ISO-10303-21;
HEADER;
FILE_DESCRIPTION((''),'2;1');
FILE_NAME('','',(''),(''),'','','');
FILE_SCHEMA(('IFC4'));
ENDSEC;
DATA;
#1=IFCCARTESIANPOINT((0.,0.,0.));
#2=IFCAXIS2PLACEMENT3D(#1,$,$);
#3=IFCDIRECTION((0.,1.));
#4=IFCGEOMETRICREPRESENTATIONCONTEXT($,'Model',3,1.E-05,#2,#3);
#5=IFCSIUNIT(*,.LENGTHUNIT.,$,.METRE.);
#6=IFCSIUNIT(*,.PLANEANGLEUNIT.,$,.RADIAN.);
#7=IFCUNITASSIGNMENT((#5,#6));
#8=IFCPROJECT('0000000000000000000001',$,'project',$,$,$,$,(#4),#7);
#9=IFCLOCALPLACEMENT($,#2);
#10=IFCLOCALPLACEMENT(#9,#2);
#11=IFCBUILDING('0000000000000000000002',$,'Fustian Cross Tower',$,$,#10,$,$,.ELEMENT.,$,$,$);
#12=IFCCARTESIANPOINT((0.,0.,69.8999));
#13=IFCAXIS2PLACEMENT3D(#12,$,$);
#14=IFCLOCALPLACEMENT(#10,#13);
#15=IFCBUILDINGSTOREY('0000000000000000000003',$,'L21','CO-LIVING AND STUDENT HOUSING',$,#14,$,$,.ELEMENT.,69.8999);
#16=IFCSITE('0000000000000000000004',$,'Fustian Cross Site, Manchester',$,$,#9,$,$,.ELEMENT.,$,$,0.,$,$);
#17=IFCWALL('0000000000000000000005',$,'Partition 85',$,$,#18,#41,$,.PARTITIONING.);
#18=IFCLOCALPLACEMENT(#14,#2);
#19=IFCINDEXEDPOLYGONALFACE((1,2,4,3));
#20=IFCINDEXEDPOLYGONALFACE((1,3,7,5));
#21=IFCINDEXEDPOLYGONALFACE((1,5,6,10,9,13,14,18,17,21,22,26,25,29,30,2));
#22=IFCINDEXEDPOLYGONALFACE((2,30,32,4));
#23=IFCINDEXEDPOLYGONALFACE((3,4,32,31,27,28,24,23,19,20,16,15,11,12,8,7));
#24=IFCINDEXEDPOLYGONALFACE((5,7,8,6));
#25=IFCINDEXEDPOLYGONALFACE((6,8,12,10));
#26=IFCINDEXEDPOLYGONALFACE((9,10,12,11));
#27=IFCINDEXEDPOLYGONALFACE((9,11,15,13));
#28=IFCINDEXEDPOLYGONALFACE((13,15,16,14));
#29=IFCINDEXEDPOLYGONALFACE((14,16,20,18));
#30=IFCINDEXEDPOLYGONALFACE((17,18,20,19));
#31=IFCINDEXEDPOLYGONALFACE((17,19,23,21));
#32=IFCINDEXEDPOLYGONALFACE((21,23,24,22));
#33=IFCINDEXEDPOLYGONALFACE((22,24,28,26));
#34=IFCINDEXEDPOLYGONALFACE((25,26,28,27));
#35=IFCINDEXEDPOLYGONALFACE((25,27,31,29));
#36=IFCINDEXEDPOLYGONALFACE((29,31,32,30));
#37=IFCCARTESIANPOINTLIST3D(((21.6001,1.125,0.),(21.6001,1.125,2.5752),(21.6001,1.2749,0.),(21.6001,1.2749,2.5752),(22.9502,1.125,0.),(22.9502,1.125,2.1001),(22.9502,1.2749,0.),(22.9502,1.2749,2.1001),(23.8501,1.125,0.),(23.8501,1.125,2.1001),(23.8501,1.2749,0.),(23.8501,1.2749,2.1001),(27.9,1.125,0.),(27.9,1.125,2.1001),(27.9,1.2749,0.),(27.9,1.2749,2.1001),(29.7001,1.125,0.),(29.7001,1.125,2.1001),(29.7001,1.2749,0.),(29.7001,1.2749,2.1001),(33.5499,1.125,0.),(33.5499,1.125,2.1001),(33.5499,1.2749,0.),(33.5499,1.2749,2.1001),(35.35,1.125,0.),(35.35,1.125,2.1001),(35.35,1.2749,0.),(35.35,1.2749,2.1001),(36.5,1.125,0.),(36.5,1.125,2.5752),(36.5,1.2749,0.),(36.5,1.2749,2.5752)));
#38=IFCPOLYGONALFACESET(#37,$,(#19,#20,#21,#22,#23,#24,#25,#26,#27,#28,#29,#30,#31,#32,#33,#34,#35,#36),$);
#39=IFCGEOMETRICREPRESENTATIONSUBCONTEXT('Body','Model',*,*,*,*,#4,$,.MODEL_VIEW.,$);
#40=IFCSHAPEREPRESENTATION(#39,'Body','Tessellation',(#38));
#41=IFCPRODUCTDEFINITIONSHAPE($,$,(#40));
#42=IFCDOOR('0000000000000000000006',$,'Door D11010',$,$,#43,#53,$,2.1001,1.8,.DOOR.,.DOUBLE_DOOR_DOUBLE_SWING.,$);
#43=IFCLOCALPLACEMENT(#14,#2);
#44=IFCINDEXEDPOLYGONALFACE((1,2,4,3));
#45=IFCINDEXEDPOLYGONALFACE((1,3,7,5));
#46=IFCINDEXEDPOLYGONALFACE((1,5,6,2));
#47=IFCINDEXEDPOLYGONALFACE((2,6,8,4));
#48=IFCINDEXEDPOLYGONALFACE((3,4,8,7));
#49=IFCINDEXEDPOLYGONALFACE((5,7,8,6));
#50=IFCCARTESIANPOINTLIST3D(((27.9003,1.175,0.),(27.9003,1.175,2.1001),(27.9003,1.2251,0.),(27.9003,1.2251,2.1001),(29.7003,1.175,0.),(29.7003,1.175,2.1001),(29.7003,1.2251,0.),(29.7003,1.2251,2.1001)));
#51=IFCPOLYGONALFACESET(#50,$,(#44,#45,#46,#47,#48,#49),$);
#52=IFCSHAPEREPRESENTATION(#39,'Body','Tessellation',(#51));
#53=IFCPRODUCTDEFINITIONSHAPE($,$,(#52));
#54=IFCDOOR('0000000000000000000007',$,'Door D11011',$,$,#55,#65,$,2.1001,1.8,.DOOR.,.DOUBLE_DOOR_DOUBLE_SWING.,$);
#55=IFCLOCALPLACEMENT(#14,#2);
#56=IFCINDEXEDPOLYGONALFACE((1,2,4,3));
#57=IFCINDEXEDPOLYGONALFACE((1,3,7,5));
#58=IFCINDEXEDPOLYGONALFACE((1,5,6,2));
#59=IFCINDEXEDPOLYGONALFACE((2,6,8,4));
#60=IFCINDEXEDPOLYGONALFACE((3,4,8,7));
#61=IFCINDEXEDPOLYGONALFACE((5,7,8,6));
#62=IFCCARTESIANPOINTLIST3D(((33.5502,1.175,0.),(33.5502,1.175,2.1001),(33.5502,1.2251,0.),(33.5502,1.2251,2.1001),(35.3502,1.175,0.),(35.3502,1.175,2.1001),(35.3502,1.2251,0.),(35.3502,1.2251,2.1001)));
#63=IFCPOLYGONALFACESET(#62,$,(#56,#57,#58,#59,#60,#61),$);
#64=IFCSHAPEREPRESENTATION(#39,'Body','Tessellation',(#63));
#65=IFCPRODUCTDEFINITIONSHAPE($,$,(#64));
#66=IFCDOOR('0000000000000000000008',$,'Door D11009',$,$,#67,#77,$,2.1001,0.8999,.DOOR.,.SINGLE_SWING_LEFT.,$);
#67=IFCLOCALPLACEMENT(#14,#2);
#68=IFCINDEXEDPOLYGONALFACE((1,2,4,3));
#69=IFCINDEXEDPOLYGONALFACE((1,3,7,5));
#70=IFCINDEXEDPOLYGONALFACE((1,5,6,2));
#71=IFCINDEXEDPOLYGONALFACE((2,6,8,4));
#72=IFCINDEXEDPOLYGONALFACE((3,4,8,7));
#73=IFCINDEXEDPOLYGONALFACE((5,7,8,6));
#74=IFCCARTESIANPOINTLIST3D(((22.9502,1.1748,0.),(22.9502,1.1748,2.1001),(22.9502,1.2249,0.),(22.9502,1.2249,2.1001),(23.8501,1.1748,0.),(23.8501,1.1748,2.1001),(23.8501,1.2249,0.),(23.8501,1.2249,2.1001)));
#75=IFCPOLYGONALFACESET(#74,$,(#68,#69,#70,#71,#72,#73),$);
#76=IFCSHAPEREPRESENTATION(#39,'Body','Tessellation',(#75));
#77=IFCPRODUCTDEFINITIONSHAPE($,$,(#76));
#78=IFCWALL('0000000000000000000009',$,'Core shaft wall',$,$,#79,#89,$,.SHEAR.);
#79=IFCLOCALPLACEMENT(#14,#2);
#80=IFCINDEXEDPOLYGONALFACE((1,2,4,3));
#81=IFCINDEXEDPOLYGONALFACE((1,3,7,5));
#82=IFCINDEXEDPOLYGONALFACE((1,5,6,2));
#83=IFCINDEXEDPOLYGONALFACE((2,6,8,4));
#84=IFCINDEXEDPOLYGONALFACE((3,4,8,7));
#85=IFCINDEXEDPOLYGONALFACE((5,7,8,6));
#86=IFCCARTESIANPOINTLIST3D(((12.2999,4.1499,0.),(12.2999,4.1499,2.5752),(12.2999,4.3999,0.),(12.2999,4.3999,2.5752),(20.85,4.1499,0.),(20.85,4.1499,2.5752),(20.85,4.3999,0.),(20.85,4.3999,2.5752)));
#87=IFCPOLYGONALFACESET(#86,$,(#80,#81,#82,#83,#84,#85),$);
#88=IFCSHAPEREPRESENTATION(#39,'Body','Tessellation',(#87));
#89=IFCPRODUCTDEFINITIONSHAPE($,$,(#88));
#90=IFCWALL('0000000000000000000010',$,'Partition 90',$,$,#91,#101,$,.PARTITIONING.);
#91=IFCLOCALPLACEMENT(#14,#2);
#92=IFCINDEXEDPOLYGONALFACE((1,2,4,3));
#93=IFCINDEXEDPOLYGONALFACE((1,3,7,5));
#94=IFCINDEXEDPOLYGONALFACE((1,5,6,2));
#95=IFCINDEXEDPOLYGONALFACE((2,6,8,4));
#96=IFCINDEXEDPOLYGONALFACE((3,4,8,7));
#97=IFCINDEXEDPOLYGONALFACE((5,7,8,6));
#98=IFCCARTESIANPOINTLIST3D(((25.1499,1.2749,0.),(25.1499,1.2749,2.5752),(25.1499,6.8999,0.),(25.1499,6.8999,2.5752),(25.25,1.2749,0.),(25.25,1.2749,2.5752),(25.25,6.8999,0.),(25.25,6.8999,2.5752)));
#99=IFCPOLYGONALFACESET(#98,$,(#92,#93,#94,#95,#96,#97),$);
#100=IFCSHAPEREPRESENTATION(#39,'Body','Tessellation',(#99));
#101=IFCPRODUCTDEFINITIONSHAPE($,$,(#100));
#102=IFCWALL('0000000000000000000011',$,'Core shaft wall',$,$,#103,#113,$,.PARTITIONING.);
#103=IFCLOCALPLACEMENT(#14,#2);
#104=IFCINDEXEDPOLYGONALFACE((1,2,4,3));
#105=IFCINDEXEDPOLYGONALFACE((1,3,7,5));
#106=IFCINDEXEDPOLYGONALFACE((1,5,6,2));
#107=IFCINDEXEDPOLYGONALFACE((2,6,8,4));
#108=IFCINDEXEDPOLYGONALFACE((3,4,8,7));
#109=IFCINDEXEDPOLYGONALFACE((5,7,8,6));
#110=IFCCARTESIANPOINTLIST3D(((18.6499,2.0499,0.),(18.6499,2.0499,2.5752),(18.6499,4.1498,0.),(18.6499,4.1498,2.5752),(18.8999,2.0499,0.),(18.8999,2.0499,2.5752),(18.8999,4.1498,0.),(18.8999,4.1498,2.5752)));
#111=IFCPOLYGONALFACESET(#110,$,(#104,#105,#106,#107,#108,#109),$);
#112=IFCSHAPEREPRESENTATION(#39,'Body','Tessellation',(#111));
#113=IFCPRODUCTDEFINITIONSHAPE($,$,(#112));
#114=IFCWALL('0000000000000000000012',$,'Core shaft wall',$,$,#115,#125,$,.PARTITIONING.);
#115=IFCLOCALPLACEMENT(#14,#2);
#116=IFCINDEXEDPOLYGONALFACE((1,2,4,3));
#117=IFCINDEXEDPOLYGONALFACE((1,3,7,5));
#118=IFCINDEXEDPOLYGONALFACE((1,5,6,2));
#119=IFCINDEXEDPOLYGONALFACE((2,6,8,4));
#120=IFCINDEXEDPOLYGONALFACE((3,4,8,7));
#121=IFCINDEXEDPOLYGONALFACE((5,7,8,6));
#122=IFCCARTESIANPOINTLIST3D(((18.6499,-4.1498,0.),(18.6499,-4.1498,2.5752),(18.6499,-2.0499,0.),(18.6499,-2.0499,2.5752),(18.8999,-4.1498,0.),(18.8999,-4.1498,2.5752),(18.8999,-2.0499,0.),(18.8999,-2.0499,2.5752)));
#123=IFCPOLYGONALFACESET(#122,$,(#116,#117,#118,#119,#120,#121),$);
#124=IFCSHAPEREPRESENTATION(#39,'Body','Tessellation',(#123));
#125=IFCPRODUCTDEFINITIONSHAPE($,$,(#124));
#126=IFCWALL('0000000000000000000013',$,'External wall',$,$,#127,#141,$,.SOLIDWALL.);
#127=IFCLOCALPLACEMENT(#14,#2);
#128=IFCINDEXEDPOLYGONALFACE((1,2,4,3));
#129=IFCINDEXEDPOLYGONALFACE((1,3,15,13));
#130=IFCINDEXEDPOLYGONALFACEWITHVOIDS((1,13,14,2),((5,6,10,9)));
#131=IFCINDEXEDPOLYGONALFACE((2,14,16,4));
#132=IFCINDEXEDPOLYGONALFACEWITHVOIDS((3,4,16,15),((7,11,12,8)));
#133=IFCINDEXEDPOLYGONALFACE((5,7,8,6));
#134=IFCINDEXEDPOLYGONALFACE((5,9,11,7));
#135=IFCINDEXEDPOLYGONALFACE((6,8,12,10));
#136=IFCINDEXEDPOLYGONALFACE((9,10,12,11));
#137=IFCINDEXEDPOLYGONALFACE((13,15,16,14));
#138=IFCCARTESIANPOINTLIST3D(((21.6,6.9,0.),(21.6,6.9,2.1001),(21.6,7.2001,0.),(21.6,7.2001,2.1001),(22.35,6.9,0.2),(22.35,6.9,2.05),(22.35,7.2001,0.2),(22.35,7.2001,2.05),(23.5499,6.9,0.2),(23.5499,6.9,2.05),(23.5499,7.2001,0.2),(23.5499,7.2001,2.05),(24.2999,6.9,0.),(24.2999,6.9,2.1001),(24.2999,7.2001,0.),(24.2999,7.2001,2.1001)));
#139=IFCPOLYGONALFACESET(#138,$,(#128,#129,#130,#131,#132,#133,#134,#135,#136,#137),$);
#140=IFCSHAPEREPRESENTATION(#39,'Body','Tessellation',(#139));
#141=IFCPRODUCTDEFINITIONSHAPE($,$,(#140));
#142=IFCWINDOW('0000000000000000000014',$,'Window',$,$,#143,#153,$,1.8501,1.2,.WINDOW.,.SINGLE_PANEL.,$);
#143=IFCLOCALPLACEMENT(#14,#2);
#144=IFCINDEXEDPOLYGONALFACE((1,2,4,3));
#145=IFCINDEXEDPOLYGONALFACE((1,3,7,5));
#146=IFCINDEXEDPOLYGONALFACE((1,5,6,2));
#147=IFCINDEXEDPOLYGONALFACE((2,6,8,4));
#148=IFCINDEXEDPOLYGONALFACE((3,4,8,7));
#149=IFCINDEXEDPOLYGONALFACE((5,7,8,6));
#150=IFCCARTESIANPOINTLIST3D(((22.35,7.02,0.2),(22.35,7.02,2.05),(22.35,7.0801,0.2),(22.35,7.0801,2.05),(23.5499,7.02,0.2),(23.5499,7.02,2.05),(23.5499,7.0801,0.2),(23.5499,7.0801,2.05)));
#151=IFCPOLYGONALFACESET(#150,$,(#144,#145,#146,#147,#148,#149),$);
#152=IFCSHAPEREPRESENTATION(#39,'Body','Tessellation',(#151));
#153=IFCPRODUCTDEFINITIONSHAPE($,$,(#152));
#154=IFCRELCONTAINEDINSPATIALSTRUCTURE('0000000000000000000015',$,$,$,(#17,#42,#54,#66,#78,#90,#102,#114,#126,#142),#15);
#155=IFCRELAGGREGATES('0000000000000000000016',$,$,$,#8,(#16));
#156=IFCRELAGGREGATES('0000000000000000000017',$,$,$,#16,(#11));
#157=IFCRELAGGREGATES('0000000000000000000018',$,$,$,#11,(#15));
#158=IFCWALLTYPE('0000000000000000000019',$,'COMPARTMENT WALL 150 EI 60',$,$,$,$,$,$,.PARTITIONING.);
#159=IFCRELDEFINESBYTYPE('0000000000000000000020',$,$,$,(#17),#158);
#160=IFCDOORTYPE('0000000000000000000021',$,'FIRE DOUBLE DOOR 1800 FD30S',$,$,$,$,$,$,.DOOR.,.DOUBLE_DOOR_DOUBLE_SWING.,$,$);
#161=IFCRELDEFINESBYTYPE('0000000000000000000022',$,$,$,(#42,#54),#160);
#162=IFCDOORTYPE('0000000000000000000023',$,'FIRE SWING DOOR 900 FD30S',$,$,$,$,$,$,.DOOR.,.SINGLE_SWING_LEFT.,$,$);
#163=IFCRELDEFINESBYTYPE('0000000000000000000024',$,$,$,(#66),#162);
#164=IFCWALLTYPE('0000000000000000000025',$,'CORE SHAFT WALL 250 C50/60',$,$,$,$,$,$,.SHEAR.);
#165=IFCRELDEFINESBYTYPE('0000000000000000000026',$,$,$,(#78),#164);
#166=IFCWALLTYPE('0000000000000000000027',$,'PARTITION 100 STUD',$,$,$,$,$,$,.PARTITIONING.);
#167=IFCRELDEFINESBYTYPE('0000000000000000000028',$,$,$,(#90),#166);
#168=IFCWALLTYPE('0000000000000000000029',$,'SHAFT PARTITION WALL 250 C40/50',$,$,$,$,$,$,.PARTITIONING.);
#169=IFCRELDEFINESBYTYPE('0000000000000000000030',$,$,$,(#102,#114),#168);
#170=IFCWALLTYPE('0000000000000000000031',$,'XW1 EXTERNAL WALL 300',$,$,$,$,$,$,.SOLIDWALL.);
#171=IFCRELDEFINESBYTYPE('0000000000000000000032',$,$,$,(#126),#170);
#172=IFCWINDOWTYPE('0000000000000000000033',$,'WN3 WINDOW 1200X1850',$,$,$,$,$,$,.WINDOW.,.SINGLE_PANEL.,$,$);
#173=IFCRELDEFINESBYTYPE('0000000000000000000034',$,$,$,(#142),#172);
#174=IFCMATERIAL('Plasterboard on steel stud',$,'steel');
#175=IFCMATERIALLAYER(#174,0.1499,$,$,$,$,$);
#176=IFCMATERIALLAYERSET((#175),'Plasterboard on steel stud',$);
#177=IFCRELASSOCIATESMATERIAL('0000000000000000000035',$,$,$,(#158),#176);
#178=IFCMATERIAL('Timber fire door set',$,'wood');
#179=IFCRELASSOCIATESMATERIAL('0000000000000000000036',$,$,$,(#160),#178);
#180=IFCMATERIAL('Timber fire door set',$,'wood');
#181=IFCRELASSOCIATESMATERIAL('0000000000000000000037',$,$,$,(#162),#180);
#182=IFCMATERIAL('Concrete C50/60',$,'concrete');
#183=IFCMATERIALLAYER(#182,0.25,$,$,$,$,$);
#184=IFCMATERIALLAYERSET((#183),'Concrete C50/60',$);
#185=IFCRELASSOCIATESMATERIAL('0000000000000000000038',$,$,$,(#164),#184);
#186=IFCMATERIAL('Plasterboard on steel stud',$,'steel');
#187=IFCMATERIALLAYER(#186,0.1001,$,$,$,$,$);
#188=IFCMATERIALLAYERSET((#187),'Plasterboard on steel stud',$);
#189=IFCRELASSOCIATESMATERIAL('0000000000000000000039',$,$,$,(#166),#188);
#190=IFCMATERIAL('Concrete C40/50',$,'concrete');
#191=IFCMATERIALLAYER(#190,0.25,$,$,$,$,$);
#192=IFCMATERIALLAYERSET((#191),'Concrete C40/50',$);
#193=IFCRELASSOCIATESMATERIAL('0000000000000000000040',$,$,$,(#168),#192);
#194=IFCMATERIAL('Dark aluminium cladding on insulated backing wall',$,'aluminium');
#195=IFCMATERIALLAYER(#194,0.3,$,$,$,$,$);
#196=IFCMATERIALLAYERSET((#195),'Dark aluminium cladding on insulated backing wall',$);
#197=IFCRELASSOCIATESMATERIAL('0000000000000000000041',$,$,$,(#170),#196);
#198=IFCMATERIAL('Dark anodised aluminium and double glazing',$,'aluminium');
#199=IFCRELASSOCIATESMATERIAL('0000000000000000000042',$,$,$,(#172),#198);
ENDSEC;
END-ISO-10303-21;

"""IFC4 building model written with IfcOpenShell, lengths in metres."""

from ifc_helpers import new_model, si_unit, direction, frame, frame_2d, origin, place, context, subcontext, project, spatial, rectangle, extrude, material, layer, layer_set, type_object, element, fill, save


model = new_model("IFC4")

# Units and contexts
model_context = context("Model", 3, precision=1e-05, world=origin(), true_north=direction((0.0, 1.0)))
body_context = subcontext(model_context, "Body", "Model", "MODEL_VIEW")
ifc_project = project(units=[si_unit("LENGTHUNIT", "METRE"), si_unit("PLANEANGLEUNIT", "RADIAN")], contexts=[model_context])

# Site, building, storey
site_placement = place(None, origin())
site = spatial("IfcSite", under=ifc_project, at=site_placement, Name="Fustian Cross Site, Manchester", CompositionType="ELEMENT", RefElevation=0.0)
building_placement = place(site_placement, origin())
building = spatial("IfcBuilding", under=site, at=building_placement, Name="Fustian Cross Tower", CompositionType="ELEMENT")
storey_placement = place(building_placement, frame((0.0, 0.0, 69.8999)))
storey = spatial("IfcBuildingStorey", under=building, at=storey_placement, Name="L21", Description="CO-LIVING AND STUDENT HOUSING", CompositionType="ELEMENT", Elevation=69.8999)

# Wall, openings, doors
ifc_material_1 = material(Name="Plasterboard on steel stud", Category="steel")
ifc_layer_1 = layer(ifc_material_1, 0.1499)
ifc_layer_set_1 = layer_set([ifc_layer_1], Name="Plasterboard on steel stud")
wall_type_1 = type_object("IfcWallType", Name="COMPARTMENT WALL 150 EI 60", PredefinedType="PARTITIONING", material=ifc_layer_set_1)
ifc_material_2 = material(Name="Timber fire door set", Category="wood")
door_type_1 = type_object("IfcDoorType", Name="FIRE DOUBLE DOOR 1800 FD30S", OperationType="DOUBLE_DOOR_DOUBLE_SWING", PredefinedType="DOOR", material=ifc_material_2)
wall_1_placement = place(storey_placement, frame((21.6001, 1.2, 0.0), z_axis=(0.0, 0.0, 1.0), x_axis=(1.0, 0.0, 0.0)))
wall_1 = element("IfcWall", 1, at=wall_1_placement, inside=storey, type_object=wall_type_1, Name="Partition 85", PredefinedType="PARTITIONING", context=body_context, shape_type="SweptSolid", body=[
    extrude(rectangle(XDim=14.8999, YDim=0.1499, at=frame_2d((7.45, 0.0))), origin(), (0.0, 0.0, 1.0), 2.5752),
])
opening_1_placement = place(wall_1_placement, frame((1.3501, 0.0, 0.0)))
opening_1 = element("IfcOpeningElement", 2, at=opening_1_placement, cuts=wall_1, PredefinedType="OPENING", context=body_context, shape_type="SweptSolid", body=[
    extrude(rectangle(XDim=0.8999, YDim=2.1001, at=frame_2d((0.45, 1.05))), frame((0.0, 0.085, 0.0), z_axis=(0.0, -1.0, 0.0), x_axis=(1.0, 0.0, 0.0)), (0.0, 0.0, 1.0), 0.1699),
])
opening_2_placement = place(wall_1_placement, frame((6.3, 0.0, 0.0)))
opening_2 = element("IfcOpeningElement", 3, at=opening_2_placement, cuts=wall_1, PredefinedType="OPENING", context=body_context, shape_type="SweptSolid", body=[
    extrude(rectangle(XDim=1.8, YDim=2.1001, at=frame_2d((0.8999, 1.05))), frame((0.0, 0.085, 0.0), z_axis=(0.0, -1.0, 0.0), x_axis=(1.0, 0.0, 0.0)), (0.0, 0.0, 1.0), 0.1699),
])
opening_3_placement = place(wall_1_placement, frame((11.95, 0.0, 0.0)))
opening_3 = element("IfcOpeningElement", 4, at=opening_3_placement, cuts=wall_1, PredefinedType="OPENING", context=body_context, shape_type="SweptSolid", body=[
    extrude(rectangle(XDim=1.8, YDim=2.1001, at=frame_2d((0.8999, 1.05))), frame((0.0, 0.085, 0.0), z_axis=(0.0, -1.0, 0.0), x_axis=(1.0, 0.0, 0.0)), (0.0, 0.0, 1.0), 0.1699),
])
door_1_placement = place(opening_2_placement, frame((1.8, 0.0, 0.0), z_axis=(0.0, 0.0, 1.0), x_axis=(-1.0, 0.0, 0.0)))
door_1 = element("IfcDoor", 5, at=door_1_placement, inside=storey, type_object=door_type_1, Name="Door D11010", OperationType="DOUBLE_DOOR_DOUBLE_SWING", OverallHeight=2.1001, OverallWidth=1.8, PredefinedType="DOOR", context=body_context, shape_type="SweptSolid", body=[
    extrude(rectangle(XDim=1.8, YDim=2.1001, at=frame_2d((0.8999, 1.05))), frame((0.0, 0.0249, 0.0), z_axis=(0.0, -1.0, 0.0), x_axis=(1.0, 0.0, 0.0)), (0.0, 0.0, 1.0), 0.05),
])
fill(opening_2, door_1)
door_2_placement = place(opening_3_placement, frame((1.8, 0.0, 0.0), z_axis=(0.0, 0.0, 1.0), x_axis=(-1.0, 0.0, 0.0)))
door_2 = element("IfcDoor", 6, at=door_2_placement, inside=storey, type_object=door_type_1, Name="Door D11011", OperationType="DOUBLE_DOOR_DOUBLE_SWING", OverallHeight=2.1001, OverallWidth=1.8, PredefinedType="DOOR", context=body_context, shape_type="SweptSolid", body=[
    extrude(rectangle(XDim=1.8, YDim=2.1001, at=frame_2d((0.8999, 1.05))), frame((0.0, 0.0249, 0.0), z_axis=(0.0, -1.0, 0.0), x_axis=(1.0, 0.0, 0.0)), (0.0, 0.0, 1.0), 0.05),
])
fill(opening_3, door_2)
ifc_material_3 = material(Name="Timber fire door set", Category="wood")
door_type_2 = type_object("IfcDoorType", Name="FIRE SWING DOOR 900 FD30S", OperationType="SINGLE_SWING_LEFT", PredefinedType="DOOR", material=ifc_material_3)
door_3_placement = place(opening_1_placement, origin())
door_3 = element("IfcDoor", 7, at=door_3_placement, inside=storey, type_object=door_type_2, Name="Door D11009", OperationType="SINGLE_SWING_LEFT", OverallHeight=2.1001, OverallWidth=0.8999, PredefinedType="DOOR", context=body_context, shape_type="SweptSolid", body=[
    extrude(rectangle(XDim=0.8999, YDim=2.1001, at=frame_2d((0.45, 1.05))), frame((0.0, 0.0249, 0.0), z_axis=(0.0, -1.0, 0.0), x_axis=(1.0, 0.0, 0.0)), (0.0, 0.0, 1.0), 0.05),
])
fill(opening_1, door_3)

# Walls
ifc_material_4 = material(Name="Concrete C50/60", Category="concrete")
ifc_layer_2 = layer(ifc_material_4, 0.25)
ifc_layer_set_2 = layer_set([ifc_layer_2], Name="Concrete C50/60")
wall_type_2 = type_object("IfcWallType", Name="CORE SHAFT WALL 250 C50/60", PredefinedType="SHEAR", material=ifc_layer_set_2)
wall_2_placement = place(storey_placement, frame((12.3, 4.2749, 0.0), z_axis=(0.0, 0.0, 1.0), x_axis=(1.0, 0.0, 0.0)))
element("IfcWall", 8, at=wall_2_placement, inside=storey, type_object=wall_type_2, Name="Core shaft wall", PredefinedType="SHEAR", context=body_context, shape_type="SweptSolid", body=[
    extrude(rectangle(XDim=8.55, YDim=0.25, at=frame_2d((4.2749, 0.0))), origin(), (0.0, 0.0, 1.0), 2.5752),
])
ifc_material_5 = material(Name="Plasterboard on steel stud", Category="steel")
ifc_layer_3 = layer(ifc_material_5, 0.1001)
ifc_layer_set_3 = layer_set([ifc_layer_3], Name="Plasterboard on steel stud")
wall_type_3 = type_object("IfcWallType", Name="PARTITION 100 STUD", PredefinedType="PARTITIONING", material=ifc_layer_set_3)
wall_3_placement = place(storey_placement, frame((25.2, 1.2749, 0.0), z_axis=(0.0, 0.0, 1.0), x_axis=(0.0, 1.0, 0.0)))
element("IfcWall", 9, at=wall_3_placement, inside=storey, type_object=wall_type_3, Name="Partition 90", PredefinedType="PARTITIONING", context=body_context, shape_type="SweptSolid", body=[
    extrude(rectangle(XDim=5.625, YDim=0.1001, at=frame_2d((2.8125, 0.0))), origin(), (0.0, 0.0, 1.0), 2.5752),
])
ifc_material_6 = material(Name="Concrete C40/50", Category="concrete")
ifc_layer_4 = layer(ifc_material_6, 0.25)
ifc_layer_set_4 = layer_set([ifc_layer_4], Name="Concrete C40/50")
wall_type_4 = type_object("IfcWallType", Name="SHAFT PARTITION WALL 250 C40/50", PredefinedType="PARTITIONING", material=ifc_layer_set_4)
for number, where, z_axis, x_axis, name in (
    (10, (18.7749, 2.05, 0.0), (0.0, 0.0, 1.0), (0.0, 1.0, 0.0), "Core shaft wall"),
    (11, (18.7749, -2.05, 0.0), (0.0, 0.0, 1.0), (0.0, -1.0, 0.0), "Core shaft wall"),
):
    element("IfcWall", number, at=place(storey_placement, frame(where, z_axis=z_axis, x_axis=x_axis)), inside=storey, type_object=wall_type_4, Name=name, PredefinedType="PARTITIONING", context=body_context, shape_type="SweptSolid", body=[
        extrude(rectangle(XDim=2.0999, YDim=0.25, at=frame_2d((1.0498, 0.0))), origin(), (0.0, 0.0, 1.0), 2.5752),
    ])

# Wall, opening, window
ifc_material_7 = material(Name="Dark aluminium cladding on insulated backing wall", Category="aluminium")
ifc_layer_5 = layer(ifc_material_7, 0.3)
ifc_layer_set_5 = layer_set([ifc_layer_5], Name="Dark aluminium cladding on insulated backing wall")
wall_type_5 = type_object("IfcWallType", Name="XW1 EXTERNAL WALL 300", PredefinedType="SOLIDWALL", material=ifc_layer_set_5)
wall_4_placement = place(storey_placement, frame((24.3, 7.05, 0.0), z_axis=(0.0, 0.0, 1.0), x_axis=(-1.0, 0.0, 0.0)))
wall_4 = element("IfcWall", 12, at=wall_4_placement, inside=storey, type_object=wall_type_5, Name="External wall", PredefinedType="SOLIDWALL", context=body_context, shape_type="SweptSolid", body=[
    extrude(rectangle(XDim=2.7, YDim=0.3, at=frame_2d((1.3501, 0.0))), origin(), (0.0, 0.0, 1.0), 2.1001),
])
opening_4_placement = place(wall_4_placement, frame((0.75, 0.0, 0.2)))
opening_4 = element("IfcOpeningElement", 13, at=opening_4_placement, cuts=wall_4, PredefinedType="OPENING", context=body_context, shape_type="SweptSolid", body=[
    extrude(rectangle(XDim=1.2, YDim=1.8501, at=frame_2d((0.6001, 0.925))), frame((0.0, 0.1599, 0.0), z_axis=(0.0, -1.0, 0.0), x_axis=(1.0, 0.0, 0.0)), (0.0, 0.0, 1.0), 0.3201),
])
ifc_material_8 = material(Name="Dark anodised aluminium and double glazing", Category="aluminium")
window_type = type_object("IfcWindowType", Name="WN3 WINDOW 1200X1850", PartitioningType="SINGLE_PANEL", PredefinedType="WINDOW", material=ifc_material_8)
window_placement = place(opening_4_placement, origin())
window = element("IfcWindow", 14, at=window_placement, inside=storey, type_object=window_type, Name="Window", OverallHeight=1.8501, OverallWidth=1.2, PartitioningType="SINGLE_PANEL", PredefinedType="WINDOW", context=body_context, shape_type="SweptSolid", body=[
    extrude(rectangle(XDim=1.2, YDim=1.8501, at=frame_2d((0.6001, 0.925))), frame((0.0, 0.03, 0.0), z_axis=(0.0, -1.0, 0.0), x_axis=(1.0, 0.0, 0.0)), (0.0, 0.0, 1.0), 0.0601),
])
fill(opening_4, window)

save(model, "model.ifc")
